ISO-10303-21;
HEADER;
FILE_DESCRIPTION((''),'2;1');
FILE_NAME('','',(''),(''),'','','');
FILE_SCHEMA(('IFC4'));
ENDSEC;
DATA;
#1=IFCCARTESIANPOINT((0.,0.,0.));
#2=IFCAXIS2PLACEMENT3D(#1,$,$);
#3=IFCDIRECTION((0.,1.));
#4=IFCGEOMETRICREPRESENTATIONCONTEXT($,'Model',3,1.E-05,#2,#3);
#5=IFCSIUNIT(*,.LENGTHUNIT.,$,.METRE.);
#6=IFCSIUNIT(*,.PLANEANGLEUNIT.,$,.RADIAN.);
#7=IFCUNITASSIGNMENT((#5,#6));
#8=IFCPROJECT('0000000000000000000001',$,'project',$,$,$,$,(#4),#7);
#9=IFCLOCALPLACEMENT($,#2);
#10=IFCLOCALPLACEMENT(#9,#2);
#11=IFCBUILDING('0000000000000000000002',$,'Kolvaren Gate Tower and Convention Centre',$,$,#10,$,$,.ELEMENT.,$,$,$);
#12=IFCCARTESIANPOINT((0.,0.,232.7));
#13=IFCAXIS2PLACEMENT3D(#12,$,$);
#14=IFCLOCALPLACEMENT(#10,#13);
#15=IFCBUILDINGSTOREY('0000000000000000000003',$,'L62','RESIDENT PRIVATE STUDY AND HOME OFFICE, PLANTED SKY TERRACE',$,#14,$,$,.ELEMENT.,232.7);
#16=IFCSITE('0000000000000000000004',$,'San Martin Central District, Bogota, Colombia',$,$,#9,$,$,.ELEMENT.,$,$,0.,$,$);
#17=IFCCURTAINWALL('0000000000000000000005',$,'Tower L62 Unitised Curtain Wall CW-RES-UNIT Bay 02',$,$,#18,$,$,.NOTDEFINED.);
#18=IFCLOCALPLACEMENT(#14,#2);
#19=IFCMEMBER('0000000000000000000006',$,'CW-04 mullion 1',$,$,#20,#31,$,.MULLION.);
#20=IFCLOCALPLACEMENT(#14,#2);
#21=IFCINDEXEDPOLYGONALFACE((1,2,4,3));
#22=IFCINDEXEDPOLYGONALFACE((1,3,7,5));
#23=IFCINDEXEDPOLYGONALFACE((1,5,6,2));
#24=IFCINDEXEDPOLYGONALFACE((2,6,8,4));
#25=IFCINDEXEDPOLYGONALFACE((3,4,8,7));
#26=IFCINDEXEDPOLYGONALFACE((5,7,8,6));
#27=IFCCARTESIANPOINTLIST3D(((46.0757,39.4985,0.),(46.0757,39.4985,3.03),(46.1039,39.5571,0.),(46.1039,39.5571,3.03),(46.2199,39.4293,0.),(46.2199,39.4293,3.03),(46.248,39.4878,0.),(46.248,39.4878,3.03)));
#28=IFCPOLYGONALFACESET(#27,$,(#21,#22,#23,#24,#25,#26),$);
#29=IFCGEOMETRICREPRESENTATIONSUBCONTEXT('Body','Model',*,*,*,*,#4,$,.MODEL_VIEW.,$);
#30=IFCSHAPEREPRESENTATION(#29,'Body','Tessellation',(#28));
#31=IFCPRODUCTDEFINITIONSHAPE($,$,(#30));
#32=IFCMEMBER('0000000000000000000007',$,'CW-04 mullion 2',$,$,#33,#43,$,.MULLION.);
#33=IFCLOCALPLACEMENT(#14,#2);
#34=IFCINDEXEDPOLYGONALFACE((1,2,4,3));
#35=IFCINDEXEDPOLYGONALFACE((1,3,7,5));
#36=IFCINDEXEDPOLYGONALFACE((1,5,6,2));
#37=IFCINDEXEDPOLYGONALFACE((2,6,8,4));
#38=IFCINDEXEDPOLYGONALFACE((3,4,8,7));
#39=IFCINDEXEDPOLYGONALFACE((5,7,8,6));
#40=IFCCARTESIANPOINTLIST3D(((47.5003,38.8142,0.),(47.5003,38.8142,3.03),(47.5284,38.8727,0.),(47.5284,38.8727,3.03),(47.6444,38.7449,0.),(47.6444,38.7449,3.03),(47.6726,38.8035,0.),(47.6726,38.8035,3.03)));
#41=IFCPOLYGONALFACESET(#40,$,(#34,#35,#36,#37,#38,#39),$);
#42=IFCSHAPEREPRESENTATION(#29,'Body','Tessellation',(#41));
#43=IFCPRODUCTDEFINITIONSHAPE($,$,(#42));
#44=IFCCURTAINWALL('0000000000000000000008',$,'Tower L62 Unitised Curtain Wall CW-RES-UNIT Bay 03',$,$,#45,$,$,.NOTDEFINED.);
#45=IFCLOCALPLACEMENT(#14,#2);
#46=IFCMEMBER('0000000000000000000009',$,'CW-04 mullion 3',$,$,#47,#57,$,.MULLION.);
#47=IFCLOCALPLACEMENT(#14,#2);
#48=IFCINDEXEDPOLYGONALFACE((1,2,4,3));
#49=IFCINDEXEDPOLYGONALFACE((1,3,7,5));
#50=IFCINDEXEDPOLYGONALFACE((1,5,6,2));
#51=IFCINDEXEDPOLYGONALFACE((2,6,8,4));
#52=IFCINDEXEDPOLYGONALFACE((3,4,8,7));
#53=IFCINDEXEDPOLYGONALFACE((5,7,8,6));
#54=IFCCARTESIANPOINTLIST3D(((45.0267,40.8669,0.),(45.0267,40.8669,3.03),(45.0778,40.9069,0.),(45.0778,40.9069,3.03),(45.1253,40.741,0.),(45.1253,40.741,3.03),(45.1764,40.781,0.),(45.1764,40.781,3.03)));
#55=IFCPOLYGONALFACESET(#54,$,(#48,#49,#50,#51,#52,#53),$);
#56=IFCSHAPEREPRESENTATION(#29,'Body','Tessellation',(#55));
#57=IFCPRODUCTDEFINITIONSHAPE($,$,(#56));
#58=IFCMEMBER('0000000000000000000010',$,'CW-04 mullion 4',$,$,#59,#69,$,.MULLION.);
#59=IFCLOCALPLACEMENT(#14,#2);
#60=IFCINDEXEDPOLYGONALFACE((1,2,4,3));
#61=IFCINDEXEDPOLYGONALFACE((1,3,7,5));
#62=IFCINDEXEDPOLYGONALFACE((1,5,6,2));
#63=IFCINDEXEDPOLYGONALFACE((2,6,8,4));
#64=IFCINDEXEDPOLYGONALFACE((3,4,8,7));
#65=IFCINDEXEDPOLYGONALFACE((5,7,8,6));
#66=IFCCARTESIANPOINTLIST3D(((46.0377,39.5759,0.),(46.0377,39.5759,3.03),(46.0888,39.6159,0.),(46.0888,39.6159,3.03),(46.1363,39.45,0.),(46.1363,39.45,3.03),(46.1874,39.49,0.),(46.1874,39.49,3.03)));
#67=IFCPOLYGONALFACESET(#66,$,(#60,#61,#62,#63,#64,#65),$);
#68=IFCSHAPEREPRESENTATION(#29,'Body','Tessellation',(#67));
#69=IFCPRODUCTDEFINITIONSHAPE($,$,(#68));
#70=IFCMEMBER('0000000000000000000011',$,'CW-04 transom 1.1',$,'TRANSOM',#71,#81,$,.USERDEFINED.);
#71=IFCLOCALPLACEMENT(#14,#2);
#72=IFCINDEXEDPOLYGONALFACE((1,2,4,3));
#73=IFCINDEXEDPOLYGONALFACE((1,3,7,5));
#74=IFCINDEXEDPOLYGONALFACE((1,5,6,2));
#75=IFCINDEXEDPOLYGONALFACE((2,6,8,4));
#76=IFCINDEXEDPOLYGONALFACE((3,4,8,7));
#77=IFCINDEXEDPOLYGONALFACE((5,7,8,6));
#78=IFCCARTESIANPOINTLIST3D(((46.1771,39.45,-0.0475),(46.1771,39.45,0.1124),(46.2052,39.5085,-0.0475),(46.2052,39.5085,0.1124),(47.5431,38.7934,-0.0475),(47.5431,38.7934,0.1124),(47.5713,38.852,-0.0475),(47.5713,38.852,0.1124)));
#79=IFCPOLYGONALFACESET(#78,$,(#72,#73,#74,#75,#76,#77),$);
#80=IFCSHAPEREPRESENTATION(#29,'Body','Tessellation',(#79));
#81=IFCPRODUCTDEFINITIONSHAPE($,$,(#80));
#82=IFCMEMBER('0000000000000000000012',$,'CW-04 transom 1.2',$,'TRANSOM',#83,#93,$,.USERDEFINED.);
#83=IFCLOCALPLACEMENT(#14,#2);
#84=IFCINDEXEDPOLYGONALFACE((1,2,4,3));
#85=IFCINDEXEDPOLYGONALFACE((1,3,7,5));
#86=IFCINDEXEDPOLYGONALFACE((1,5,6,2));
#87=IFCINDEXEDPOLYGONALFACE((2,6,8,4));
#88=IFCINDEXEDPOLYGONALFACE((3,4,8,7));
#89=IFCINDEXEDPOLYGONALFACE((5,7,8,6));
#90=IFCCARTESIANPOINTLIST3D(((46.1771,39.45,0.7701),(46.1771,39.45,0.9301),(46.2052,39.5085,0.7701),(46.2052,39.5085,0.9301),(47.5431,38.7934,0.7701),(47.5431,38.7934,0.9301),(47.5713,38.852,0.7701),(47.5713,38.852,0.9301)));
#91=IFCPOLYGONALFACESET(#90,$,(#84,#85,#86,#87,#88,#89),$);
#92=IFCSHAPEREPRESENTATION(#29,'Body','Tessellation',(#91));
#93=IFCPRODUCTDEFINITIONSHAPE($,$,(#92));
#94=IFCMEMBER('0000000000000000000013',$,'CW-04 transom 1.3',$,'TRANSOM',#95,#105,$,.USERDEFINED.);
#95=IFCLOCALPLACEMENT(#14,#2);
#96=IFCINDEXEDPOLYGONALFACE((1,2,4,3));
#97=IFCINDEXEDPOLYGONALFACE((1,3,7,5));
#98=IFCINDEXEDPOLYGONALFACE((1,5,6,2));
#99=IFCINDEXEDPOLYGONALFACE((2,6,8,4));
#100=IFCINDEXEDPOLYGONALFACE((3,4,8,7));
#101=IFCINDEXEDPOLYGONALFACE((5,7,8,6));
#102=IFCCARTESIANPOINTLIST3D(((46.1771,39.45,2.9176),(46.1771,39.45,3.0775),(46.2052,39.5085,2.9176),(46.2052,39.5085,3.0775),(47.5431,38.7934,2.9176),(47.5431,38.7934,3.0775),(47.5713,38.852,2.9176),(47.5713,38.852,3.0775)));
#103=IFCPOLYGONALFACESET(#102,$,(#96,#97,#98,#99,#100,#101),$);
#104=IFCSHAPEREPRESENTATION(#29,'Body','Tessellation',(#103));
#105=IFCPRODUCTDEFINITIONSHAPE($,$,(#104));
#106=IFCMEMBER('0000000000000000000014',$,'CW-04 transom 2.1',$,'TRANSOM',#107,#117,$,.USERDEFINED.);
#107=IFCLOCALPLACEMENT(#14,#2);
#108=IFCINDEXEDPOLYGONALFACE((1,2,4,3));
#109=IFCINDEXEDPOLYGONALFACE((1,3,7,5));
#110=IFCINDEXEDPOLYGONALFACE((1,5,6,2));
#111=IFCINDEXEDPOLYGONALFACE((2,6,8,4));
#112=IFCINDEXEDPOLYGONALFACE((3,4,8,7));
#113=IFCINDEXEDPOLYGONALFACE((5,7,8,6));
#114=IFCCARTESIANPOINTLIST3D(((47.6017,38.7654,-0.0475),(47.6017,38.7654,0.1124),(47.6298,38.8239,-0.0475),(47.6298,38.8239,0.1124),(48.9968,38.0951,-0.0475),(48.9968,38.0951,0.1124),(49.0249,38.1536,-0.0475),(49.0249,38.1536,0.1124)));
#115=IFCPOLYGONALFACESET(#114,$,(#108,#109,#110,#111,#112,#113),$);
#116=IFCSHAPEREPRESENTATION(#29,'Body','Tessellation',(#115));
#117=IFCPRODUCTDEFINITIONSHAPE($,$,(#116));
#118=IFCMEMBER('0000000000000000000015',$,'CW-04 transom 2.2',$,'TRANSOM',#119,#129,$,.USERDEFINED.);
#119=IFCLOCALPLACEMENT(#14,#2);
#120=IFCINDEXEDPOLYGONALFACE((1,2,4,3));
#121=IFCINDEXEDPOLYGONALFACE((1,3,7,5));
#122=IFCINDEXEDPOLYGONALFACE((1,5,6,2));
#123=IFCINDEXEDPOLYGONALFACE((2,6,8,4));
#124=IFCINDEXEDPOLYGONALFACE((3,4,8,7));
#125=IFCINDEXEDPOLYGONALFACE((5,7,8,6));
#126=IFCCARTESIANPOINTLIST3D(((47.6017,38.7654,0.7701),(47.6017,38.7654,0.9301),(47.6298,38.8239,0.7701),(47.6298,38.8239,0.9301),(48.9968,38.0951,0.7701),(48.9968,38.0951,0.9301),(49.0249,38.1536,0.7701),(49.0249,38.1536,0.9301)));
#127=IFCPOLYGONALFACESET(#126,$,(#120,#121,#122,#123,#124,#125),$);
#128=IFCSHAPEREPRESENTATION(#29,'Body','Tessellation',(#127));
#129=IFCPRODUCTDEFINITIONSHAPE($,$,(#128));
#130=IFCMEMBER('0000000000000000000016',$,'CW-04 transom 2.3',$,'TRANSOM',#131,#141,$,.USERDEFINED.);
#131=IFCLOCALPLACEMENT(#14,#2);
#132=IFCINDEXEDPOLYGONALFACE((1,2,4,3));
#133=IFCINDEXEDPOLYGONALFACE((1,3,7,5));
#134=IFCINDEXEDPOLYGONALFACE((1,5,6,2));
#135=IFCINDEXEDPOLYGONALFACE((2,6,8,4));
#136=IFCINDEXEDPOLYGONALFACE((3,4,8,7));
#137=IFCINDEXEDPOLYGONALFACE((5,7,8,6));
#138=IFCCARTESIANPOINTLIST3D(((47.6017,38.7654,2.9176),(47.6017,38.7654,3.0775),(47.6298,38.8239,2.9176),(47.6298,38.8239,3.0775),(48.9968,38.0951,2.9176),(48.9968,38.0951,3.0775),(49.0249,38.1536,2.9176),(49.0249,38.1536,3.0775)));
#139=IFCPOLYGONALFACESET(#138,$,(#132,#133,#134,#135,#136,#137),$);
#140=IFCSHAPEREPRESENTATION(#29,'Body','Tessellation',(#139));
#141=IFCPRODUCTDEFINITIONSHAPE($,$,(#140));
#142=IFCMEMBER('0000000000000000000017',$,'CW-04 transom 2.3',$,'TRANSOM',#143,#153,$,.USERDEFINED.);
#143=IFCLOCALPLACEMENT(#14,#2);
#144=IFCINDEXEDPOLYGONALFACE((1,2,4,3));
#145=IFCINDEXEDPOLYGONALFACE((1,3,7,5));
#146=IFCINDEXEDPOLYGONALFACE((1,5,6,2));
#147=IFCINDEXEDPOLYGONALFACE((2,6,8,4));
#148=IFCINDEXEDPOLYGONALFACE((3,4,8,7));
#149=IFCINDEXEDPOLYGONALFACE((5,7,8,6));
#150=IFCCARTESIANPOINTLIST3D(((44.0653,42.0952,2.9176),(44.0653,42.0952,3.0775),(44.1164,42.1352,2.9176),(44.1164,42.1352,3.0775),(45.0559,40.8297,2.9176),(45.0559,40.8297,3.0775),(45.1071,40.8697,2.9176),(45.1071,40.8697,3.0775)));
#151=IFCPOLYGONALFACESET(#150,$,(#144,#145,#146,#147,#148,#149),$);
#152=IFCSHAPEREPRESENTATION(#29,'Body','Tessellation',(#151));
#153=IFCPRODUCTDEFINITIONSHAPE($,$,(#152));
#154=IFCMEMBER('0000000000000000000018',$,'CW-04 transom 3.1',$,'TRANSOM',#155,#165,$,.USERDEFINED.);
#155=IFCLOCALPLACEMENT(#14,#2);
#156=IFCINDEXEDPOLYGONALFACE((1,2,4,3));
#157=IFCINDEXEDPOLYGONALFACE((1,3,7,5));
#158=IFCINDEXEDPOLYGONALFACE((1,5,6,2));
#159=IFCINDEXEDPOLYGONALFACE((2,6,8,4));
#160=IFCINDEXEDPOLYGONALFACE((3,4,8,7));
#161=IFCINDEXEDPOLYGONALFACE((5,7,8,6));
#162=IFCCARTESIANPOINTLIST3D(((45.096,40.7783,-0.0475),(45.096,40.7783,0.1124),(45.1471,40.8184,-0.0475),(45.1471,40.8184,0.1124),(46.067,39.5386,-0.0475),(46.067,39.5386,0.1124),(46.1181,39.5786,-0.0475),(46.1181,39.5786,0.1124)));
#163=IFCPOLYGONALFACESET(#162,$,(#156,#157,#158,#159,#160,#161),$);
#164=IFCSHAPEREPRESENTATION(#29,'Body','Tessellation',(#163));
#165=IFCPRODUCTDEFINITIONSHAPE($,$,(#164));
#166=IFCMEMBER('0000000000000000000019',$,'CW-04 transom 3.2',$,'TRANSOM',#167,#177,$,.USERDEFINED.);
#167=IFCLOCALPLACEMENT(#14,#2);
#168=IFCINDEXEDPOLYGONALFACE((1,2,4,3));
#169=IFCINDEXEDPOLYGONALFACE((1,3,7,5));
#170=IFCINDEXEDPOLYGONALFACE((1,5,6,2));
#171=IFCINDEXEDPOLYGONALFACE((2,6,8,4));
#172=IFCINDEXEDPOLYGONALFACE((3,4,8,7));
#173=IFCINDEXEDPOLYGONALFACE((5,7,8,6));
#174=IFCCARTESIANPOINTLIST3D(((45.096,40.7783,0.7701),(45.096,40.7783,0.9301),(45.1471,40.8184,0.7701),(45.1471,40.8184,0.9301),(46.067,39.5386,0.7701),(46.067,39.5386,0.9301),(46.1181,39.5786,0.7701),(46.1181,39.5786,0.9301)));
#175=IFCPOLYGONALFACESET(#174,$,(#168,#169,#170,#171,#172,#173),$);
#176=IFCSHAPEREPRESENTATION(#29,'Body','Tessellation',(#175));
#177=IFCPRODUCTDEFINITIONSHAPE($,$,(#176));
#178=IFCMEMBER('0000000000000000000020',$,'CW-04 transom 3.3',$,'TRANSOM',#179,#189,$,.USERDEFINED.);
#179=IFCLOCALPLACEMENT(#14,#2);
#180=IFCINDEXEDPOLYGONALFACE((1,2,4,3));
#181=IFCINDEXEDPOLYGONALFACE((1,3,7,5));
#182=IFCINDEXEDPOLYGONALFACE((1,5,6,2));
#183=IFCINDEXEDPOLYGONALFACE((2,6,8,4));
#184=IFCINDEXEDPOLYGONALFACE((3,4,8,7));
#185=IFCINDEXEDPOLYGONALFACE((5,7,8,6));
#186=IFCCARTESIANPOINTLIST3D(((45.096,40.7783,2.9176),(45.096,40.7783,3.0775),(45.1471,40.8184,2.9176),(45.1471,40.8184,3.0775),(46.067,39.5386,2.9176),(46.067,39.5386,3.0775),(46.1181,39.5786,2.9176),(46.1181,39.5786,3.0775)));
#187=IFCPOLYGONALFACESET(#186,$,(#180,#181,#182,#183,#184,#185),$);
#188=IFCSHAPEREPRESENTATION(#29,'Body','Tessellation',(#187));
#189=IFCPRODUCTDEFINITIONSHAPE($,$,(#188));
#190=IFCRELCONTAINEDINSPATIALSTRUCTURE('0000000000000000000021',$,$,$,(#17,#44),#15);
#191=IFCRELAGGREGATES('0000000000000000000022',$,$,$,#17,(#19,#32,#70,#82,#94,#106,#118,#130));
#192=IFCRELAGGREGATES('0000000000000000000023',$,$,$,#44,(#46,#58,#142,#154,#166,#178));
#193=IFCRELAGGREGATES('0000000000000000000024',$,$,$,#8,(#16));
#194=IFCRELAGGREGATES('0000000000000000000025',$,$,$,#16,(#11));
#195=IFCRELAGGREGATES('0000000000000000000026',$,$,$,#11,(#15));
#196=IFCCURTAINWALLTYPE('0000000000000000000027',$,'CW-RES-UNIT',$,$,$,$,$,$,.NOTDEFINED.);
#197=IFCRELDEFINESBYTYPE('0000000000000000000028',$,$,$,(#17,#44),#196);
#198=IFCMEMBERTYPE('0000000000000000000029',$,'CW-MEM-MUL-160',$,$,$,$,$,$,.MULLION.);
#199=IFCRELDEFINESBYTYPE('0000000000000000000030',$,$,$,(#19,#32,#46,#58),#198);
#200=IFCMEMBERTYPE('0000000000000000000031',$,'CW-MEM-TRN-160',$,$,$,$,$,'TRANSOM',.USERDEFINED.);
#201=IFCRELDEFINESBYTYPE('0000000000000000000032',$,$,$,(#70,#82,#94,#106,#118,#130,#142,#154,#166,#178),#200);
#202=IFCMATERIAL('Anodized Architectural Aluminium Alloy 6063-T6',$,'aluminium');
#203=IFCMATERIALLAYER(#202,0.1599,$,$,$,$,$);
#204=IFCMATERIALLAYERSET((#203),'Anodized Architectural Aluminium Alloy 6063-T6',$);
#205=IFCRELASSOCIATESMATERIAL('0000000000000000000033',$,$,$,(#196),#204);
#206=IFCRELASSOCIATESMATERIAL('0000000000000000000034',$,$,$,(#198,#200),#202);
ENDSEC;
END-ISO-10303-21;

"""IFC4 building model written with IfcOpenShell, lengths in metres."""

from ifc_helpers import new_model, si_unit, direction, frame, origin, origin_2d, place, context, subcontext, project, spatial, rectangle, extrude, material, layer, layer_set, material_profile, profile_set, type_object, element, aggregate, save


model = new_model("IFC4")

# Units and contexts
model_context = context("Model", 3, precision=1e-05, world=origin(), true_north=direction((0.0, 1.0)))
body_context = subcontext(model_context, "Body", "Model", "MODEL_VIEW")
ifc_project = project(units=[si_unit("LENGTHUNIT", "METRE"), si_unit("PLANEANGLEUNIT", "RADIAN")], contexts=[model_context])

# Site, building, storey
site_placement = place(None, origin())
site = spatial("IfcSite", under=ifc_project, at=site_placement, Name="San Martin Central District, Bogota, Colombia", CompositionType="ELEMENT", RefElevation=0.0)
building_placement = place(site_placement, origin())
building = spatial("IfcBuilding", under=site, at=building_placement, Name="Kolvaren Gate Tower and Convention Centre", CompositionType="ELEMENT")
storey_placement = place(building_placement, frame((0.0, 0.0, 232.7)))
storey = spatial("IfcBuildingStorey", under=building, at=storey_placement, Name="L62", Description="RESIDENT PRIVATE STUDY AND HOME OFFICE, PLANTED SKY TERRACE", CompositionType="ELEMENT", Elevation=232.7)

# Curtain walls, members
ifc_material_1 = material(Name="Anodized Architectural Aluminium Alloy 6063-T6", Category="aluminium")
ifc_layer_1 = layer(ifc_material_1, 0.1599)
ifc_layer_set_1 = layer_set([ifc_layer_1], Name="Anodized Architectural Aluminium Alloy 6063-T6")
curtain_wall_type = type_object("IfcCurtainWallType", Name="CW-RES-UNIT", PredefinedType="NOTDEFINED", material=ifc_layer_set_1)
curtain_wall_1_placement = place(storey_placement, origin())
curtain_wall_1 = element("IfcCurtainWall", 1, at=curtain_wall_1_placement, inside=storey, type_object=curtain_wall_type, Name="Tower L62 Unitised Curtain Wall CW-RES-UNIT Bay 02", PredefinedType="NOTDEFINED")
ifc_material_profile_1 = material_profile(ifc_material_1, rectangle(XDim=0.0649, YDim=0.1599, at=origin_2d()), Name="CW-MEM-MUL-160")
ifc_profile_set_1 = profile_set([ifc_material_profile_1], Name="Anodized Architectural Aluminium Alloy 6063-T6")
member_type_1 = type_object("IfcMemberType", Name="CW-MEM-MUL-160", PredefinedType="MULLION", material=ifc_profile_set_1)
member_1_placement = place(storey_placement, frame((46.1619, 39.4932, 0.0), z_axis=(0.0, 0.0, 1.0), x_axis=(0.433064, 0.901363, 0.0)))
member_1 = element("IfcMember", 2, at=member_1_placement, type_object=member_type_1, Name="CW-04 mullion 1", PredefinedType="MULLION", context=body_context, shape_type="SweptSolid", body=[
    extrude(rectangle(XDim=0.0649, YDim=0.1599, at=origin_2d()), origin(), (0.0, 0.0, 1.0), 3.03),
])
member_2_placement = place(storey_placement, frame((47.5864, 38.8088, 0.0), z_axis=(0.0, 0.0, 1.0), x_axis=(0.433064, 0.901363, 0.0)))
member_2 = element("IfcMember", 3, at=member_2_placement, type_object=member_type_1, Name="CW-04 mullion 2", PredefinedType="MULLION", context=body_context, shape_type="SweptSolid", body=[
    extrude(rectangle(XDim=0.0649, YDim=0.1599, at=origin_2d()), origin(), (0.0, 0.0, 1.0), 3.03),
])
curtain_wall_2_placement = place(storey_placement, origin())
curtain_wall_2 = element("IfcCurtainWall", 4, at=curtain_wall_2_placement, inside=storey, type_object=curtain_wall_type, Name="Tower L62 Unitised Curtain Wall CW-RES-UNIT Bay 03", PredefinedType="NOTDEFINED")
member_3_placement = place(storey_placement, frame((45.1016, 40.824, 0.0), z_axis=(0.0, 0.0, 1.0), x_axis=(0.787404, 0.616437, 0.0)))
member_3 = element("IfcMember", 5, at=member_3_placement, type_object=member_type_1, Name="CW-04 mullion 3", PredefinedType="MULLION", context=body_context, shape_type="SweptSolid", body=[
    extrude(rectangle(XDim=0.0649, YDim=0.1599, at=origin_2d()), origin(), (0.0, 0.0, 1.0), 3.03),
])
member_4_placement = place(storey_placement, frame((46.1125, 39.533, 0.0), z_axis=(0.0, 0.0, 1.0), x_axis=(0.787404, 0.616437, 0.0)))
member_4 = element("IfcMember", 6, at=member_4_placement, type_object=member_type_1, Name="CW-04 mullion 4", PredefinedType="MULLION", context=body_context, shape_type="SweptSolid", body=[
    extrude(rectangle(XDim=0.0649, YDim=0.1599, at=origin_2d()), origin(), (0.0, 0.0, 1.0), 3.03),
])

# Members
ifc_material_profile_2 = material_profile(ifc_material_1, rectangle(XDim=0.0649, YDim=0.1599, at=origin_2d()), Name="CW-MEM-TRN-160")
ifc_profile_set_2 = profile_set([ifc_material_profile_2], Name="Anodized Architectural Aluminium Alloy 6063-T6")
member_type_2 = type_object("IfcMemberType", Name="CW-MEM-TRN-160", ElementType="TRANSOM", PredefinedType="USERDEFINED", material=ifc_profile_set_2)
member_5_placement = place(storey_placement, frame((46.1912, 39.4792, 0.0325), z_axis=(0.901309, -0.433176, 0.0), x_axis=(0.433176, 0.901309, 0.0)))
member_5 = element("IfcMember", 7, at=member_5_placement, type_object=member_type_2, Name="CW-04 transom 1.1", ObjectType="TRANSOM", PredefinedType="USERDEFINED", context=body_context, shape_type="SweptSolid", body=[
    extrude(rectangle(XDim=0.0649, YDim=0.1599, at=origin_2d()), origin(), (0.0, 0.0, 1.0), 1.5156),
])
member_6_placement = place(storey_placement, frame((46.1912, 39.4792, 0.8501), z_axis=(0.901309, -0.433176, 0.0), x_axis=(0.433176, 0.901309, 0.0)))
member_6 = element("IfcMember", 8, at=member_6_placement, type_object=member_type_2, Name="CW-04 transom 1.2", ObjectType="TRANSOM", PredefinedType="USERDEFINED", context=body_context, shape_type="SweptSolid", body=[
    extrude(rectangle(XDim=0.0649, YDim=0.1599, at=origin_2d()), origin(), (0.0, 0.0, 1.0), 1.5156),
])
member_7_placement = place(storey_placement, frame((46.1912, 39.4792, 2.9976), z_axis=(0.901309, -0.433176, 0.0), x_axis=(0.433176, 0.901309, 0.0)))
member_7 = element("IfcMember", 9, at=member_7_placement, type_object=member_type_2, Name="CW-04 transom 1.3", ObjectType="TRANSOM", PredefinedType="USERDEFINED", context=body_context, shape_type="SweptSolid", body=[
    extrude(rectangle(XDim=0.0649, YDim=0.1599, at=origin_2d()), origin(), (0.0, 0.0, 1.0), 1.5156),
])
member_8_placement = place(storey_placement, frame((47.6157, 38.7947, 0.0325), z_axis=(0.901351, -0.43309, 0.0), x_axis=(0.43309, 0.901351, 0.0)))
member_8 = element("IfcMember", 10, at=member_8_placement, type_object=member_type_2, Name="CW-04 transom 2.1", ObjectType="TRANSOM", PredefinedType="USERDEFINED", context=body_context, shape_type="SweptSolid", body=[
    extrude(rectangle(XDim=0.0649, YDim=0.1599, at=origin_2d()), origin(), (0.0, 0.0, 1.0), 1.5479),
])
member_9_placement = place(storey_placement, frame((47.6157, 38.7947, 0.8501), z_axis=(0.901351, -0.43309, 0.0), x_axis=(0.43309, 0.901351, 0.0)))
member_9 = element("IfcMember", 11, at=member_9_placement, type_object=member_type_2, Name="CW-04 transom 2.2", ObjectType="TRANSOM", PredefinedType="USERDEFINED", context=body_context, shape_type="SweptSolid", body=[
    extrude(rectangle(XDim=0.0649, YDim=0.1599, at=origin_2d()), origin(), (0.0, 0.0, 1.0), 1.5479),
])
member_10_placement = place(storey_placement, frame((47.6157, 38.7947, 2.9976), z_axis=(0.901351, -0.43309, 0.0), x_axis=(0.43309, 0.901351, 0.0)))
member_10 = element("IfcMember", 12, at=member_10_placement, type_object=member_type_2, Name="CW-04 transom 2.3", ObjectType="TRANSOM", PredefinedType="USERDEFINED", context=body_context, shape_type="SweptSolid", body=[
    extrude(rectangle(XDim=0.0649, YDim=0.1599, at=origin_2d()), origin(), (0.0, 0.0, 1.0), 1.5479),
])
member_11_placement = place(storey_placement, frame((44.0908, 42.1152, 2.9976), z_axis=(0.616398, -0.787434, 0.0), x_axis=(0.787434, 0.616398, 0.0)))
member_11 = element("IfcMember", 13, at=member_11_placement, type_object=member_type_2, Name="CW-04 transom 2.3", ObjectType="TRANSOM", PredefinedType="USERDEFINED", context=body_context, shape_type="SweptSolid", body=[
    extrude(rectangle(XDim=0.0649, YDim=0.1599, at=origin_2d()), origin(), (0.0, 0.0, 1.0), 1.6072),
])
member_12_placement = place(storey_placement, frame((45.1216, 40.7983, 0.0325), z_axis=(0.616588, -0.787286, 0.0), x_axis=(0.787286, 0.616588, 0.0)))
member_12 = element("IfcMember", 14, at=member_12_placement, type_object=member_type_2, Name="CW-04 transom 3.1", ObjectType="TRANSOM", PredefinedType="USERDEFINED", context=body_context, shape_type="SweptSolid", body=[
    extrude(rectangle(XDim=0.0649, YDim=0.1599, at=origin_2d()), origin(), (0.0, 0.0, 1.0), 1.5747),
])
member_13_placement = place(storey_placement, frame((45.1216, 40.7983, 0.8501), z_axis=(0.616588, -0.787286, 0.0), x_axis=(0.787286, 0.616588, 0.0)))
member_13 = element("IfcMember", 15, at=member_13_placement, type_object=member_type_2, Name="CW-04 transom 3.2", ObjectType="TRANSOM", PredefinedType="USERDEFINED", context=body_context, shape_type="SweptSolid", body=[
    extrude(rectangle(XDim=0.0649, YDim=0.1599, at=origin_2d()), origin(), (0.0, 0.0, 1.0), 1.5747),
])
member_14_placement = place(storey_placement, frame((45.1216, 40.7983, 2.9976), z_axis=(0.616588, -0.787286, 0.0), x_axis=(0.787286, 0.616588, 0.0)))
member_14 = element("IfcMember", 16, at=member_14_placement, type_object=member_type_2, Name="CW-04 transom 3.3", ObjectType="TRANSOM", PredefinedType="USERDEFINED", context=body_context, shape_type="SweptSolid", body=[
    extrude(rectangle(XDim=0.0649, YDim=0.1599, at=origin_2d()), origin(), (0.0, 0.0, 1.0), 1.5747),
])

aggregate(curtain_wall_1, [member_1, member_2, member_5, member_6, member_7, member_8, member_9, member_10])
aggregate(curtain_wall_2, [member_3, member_4, member_11, member_12, member_13, member_14])

save(model, "model.ifc")
